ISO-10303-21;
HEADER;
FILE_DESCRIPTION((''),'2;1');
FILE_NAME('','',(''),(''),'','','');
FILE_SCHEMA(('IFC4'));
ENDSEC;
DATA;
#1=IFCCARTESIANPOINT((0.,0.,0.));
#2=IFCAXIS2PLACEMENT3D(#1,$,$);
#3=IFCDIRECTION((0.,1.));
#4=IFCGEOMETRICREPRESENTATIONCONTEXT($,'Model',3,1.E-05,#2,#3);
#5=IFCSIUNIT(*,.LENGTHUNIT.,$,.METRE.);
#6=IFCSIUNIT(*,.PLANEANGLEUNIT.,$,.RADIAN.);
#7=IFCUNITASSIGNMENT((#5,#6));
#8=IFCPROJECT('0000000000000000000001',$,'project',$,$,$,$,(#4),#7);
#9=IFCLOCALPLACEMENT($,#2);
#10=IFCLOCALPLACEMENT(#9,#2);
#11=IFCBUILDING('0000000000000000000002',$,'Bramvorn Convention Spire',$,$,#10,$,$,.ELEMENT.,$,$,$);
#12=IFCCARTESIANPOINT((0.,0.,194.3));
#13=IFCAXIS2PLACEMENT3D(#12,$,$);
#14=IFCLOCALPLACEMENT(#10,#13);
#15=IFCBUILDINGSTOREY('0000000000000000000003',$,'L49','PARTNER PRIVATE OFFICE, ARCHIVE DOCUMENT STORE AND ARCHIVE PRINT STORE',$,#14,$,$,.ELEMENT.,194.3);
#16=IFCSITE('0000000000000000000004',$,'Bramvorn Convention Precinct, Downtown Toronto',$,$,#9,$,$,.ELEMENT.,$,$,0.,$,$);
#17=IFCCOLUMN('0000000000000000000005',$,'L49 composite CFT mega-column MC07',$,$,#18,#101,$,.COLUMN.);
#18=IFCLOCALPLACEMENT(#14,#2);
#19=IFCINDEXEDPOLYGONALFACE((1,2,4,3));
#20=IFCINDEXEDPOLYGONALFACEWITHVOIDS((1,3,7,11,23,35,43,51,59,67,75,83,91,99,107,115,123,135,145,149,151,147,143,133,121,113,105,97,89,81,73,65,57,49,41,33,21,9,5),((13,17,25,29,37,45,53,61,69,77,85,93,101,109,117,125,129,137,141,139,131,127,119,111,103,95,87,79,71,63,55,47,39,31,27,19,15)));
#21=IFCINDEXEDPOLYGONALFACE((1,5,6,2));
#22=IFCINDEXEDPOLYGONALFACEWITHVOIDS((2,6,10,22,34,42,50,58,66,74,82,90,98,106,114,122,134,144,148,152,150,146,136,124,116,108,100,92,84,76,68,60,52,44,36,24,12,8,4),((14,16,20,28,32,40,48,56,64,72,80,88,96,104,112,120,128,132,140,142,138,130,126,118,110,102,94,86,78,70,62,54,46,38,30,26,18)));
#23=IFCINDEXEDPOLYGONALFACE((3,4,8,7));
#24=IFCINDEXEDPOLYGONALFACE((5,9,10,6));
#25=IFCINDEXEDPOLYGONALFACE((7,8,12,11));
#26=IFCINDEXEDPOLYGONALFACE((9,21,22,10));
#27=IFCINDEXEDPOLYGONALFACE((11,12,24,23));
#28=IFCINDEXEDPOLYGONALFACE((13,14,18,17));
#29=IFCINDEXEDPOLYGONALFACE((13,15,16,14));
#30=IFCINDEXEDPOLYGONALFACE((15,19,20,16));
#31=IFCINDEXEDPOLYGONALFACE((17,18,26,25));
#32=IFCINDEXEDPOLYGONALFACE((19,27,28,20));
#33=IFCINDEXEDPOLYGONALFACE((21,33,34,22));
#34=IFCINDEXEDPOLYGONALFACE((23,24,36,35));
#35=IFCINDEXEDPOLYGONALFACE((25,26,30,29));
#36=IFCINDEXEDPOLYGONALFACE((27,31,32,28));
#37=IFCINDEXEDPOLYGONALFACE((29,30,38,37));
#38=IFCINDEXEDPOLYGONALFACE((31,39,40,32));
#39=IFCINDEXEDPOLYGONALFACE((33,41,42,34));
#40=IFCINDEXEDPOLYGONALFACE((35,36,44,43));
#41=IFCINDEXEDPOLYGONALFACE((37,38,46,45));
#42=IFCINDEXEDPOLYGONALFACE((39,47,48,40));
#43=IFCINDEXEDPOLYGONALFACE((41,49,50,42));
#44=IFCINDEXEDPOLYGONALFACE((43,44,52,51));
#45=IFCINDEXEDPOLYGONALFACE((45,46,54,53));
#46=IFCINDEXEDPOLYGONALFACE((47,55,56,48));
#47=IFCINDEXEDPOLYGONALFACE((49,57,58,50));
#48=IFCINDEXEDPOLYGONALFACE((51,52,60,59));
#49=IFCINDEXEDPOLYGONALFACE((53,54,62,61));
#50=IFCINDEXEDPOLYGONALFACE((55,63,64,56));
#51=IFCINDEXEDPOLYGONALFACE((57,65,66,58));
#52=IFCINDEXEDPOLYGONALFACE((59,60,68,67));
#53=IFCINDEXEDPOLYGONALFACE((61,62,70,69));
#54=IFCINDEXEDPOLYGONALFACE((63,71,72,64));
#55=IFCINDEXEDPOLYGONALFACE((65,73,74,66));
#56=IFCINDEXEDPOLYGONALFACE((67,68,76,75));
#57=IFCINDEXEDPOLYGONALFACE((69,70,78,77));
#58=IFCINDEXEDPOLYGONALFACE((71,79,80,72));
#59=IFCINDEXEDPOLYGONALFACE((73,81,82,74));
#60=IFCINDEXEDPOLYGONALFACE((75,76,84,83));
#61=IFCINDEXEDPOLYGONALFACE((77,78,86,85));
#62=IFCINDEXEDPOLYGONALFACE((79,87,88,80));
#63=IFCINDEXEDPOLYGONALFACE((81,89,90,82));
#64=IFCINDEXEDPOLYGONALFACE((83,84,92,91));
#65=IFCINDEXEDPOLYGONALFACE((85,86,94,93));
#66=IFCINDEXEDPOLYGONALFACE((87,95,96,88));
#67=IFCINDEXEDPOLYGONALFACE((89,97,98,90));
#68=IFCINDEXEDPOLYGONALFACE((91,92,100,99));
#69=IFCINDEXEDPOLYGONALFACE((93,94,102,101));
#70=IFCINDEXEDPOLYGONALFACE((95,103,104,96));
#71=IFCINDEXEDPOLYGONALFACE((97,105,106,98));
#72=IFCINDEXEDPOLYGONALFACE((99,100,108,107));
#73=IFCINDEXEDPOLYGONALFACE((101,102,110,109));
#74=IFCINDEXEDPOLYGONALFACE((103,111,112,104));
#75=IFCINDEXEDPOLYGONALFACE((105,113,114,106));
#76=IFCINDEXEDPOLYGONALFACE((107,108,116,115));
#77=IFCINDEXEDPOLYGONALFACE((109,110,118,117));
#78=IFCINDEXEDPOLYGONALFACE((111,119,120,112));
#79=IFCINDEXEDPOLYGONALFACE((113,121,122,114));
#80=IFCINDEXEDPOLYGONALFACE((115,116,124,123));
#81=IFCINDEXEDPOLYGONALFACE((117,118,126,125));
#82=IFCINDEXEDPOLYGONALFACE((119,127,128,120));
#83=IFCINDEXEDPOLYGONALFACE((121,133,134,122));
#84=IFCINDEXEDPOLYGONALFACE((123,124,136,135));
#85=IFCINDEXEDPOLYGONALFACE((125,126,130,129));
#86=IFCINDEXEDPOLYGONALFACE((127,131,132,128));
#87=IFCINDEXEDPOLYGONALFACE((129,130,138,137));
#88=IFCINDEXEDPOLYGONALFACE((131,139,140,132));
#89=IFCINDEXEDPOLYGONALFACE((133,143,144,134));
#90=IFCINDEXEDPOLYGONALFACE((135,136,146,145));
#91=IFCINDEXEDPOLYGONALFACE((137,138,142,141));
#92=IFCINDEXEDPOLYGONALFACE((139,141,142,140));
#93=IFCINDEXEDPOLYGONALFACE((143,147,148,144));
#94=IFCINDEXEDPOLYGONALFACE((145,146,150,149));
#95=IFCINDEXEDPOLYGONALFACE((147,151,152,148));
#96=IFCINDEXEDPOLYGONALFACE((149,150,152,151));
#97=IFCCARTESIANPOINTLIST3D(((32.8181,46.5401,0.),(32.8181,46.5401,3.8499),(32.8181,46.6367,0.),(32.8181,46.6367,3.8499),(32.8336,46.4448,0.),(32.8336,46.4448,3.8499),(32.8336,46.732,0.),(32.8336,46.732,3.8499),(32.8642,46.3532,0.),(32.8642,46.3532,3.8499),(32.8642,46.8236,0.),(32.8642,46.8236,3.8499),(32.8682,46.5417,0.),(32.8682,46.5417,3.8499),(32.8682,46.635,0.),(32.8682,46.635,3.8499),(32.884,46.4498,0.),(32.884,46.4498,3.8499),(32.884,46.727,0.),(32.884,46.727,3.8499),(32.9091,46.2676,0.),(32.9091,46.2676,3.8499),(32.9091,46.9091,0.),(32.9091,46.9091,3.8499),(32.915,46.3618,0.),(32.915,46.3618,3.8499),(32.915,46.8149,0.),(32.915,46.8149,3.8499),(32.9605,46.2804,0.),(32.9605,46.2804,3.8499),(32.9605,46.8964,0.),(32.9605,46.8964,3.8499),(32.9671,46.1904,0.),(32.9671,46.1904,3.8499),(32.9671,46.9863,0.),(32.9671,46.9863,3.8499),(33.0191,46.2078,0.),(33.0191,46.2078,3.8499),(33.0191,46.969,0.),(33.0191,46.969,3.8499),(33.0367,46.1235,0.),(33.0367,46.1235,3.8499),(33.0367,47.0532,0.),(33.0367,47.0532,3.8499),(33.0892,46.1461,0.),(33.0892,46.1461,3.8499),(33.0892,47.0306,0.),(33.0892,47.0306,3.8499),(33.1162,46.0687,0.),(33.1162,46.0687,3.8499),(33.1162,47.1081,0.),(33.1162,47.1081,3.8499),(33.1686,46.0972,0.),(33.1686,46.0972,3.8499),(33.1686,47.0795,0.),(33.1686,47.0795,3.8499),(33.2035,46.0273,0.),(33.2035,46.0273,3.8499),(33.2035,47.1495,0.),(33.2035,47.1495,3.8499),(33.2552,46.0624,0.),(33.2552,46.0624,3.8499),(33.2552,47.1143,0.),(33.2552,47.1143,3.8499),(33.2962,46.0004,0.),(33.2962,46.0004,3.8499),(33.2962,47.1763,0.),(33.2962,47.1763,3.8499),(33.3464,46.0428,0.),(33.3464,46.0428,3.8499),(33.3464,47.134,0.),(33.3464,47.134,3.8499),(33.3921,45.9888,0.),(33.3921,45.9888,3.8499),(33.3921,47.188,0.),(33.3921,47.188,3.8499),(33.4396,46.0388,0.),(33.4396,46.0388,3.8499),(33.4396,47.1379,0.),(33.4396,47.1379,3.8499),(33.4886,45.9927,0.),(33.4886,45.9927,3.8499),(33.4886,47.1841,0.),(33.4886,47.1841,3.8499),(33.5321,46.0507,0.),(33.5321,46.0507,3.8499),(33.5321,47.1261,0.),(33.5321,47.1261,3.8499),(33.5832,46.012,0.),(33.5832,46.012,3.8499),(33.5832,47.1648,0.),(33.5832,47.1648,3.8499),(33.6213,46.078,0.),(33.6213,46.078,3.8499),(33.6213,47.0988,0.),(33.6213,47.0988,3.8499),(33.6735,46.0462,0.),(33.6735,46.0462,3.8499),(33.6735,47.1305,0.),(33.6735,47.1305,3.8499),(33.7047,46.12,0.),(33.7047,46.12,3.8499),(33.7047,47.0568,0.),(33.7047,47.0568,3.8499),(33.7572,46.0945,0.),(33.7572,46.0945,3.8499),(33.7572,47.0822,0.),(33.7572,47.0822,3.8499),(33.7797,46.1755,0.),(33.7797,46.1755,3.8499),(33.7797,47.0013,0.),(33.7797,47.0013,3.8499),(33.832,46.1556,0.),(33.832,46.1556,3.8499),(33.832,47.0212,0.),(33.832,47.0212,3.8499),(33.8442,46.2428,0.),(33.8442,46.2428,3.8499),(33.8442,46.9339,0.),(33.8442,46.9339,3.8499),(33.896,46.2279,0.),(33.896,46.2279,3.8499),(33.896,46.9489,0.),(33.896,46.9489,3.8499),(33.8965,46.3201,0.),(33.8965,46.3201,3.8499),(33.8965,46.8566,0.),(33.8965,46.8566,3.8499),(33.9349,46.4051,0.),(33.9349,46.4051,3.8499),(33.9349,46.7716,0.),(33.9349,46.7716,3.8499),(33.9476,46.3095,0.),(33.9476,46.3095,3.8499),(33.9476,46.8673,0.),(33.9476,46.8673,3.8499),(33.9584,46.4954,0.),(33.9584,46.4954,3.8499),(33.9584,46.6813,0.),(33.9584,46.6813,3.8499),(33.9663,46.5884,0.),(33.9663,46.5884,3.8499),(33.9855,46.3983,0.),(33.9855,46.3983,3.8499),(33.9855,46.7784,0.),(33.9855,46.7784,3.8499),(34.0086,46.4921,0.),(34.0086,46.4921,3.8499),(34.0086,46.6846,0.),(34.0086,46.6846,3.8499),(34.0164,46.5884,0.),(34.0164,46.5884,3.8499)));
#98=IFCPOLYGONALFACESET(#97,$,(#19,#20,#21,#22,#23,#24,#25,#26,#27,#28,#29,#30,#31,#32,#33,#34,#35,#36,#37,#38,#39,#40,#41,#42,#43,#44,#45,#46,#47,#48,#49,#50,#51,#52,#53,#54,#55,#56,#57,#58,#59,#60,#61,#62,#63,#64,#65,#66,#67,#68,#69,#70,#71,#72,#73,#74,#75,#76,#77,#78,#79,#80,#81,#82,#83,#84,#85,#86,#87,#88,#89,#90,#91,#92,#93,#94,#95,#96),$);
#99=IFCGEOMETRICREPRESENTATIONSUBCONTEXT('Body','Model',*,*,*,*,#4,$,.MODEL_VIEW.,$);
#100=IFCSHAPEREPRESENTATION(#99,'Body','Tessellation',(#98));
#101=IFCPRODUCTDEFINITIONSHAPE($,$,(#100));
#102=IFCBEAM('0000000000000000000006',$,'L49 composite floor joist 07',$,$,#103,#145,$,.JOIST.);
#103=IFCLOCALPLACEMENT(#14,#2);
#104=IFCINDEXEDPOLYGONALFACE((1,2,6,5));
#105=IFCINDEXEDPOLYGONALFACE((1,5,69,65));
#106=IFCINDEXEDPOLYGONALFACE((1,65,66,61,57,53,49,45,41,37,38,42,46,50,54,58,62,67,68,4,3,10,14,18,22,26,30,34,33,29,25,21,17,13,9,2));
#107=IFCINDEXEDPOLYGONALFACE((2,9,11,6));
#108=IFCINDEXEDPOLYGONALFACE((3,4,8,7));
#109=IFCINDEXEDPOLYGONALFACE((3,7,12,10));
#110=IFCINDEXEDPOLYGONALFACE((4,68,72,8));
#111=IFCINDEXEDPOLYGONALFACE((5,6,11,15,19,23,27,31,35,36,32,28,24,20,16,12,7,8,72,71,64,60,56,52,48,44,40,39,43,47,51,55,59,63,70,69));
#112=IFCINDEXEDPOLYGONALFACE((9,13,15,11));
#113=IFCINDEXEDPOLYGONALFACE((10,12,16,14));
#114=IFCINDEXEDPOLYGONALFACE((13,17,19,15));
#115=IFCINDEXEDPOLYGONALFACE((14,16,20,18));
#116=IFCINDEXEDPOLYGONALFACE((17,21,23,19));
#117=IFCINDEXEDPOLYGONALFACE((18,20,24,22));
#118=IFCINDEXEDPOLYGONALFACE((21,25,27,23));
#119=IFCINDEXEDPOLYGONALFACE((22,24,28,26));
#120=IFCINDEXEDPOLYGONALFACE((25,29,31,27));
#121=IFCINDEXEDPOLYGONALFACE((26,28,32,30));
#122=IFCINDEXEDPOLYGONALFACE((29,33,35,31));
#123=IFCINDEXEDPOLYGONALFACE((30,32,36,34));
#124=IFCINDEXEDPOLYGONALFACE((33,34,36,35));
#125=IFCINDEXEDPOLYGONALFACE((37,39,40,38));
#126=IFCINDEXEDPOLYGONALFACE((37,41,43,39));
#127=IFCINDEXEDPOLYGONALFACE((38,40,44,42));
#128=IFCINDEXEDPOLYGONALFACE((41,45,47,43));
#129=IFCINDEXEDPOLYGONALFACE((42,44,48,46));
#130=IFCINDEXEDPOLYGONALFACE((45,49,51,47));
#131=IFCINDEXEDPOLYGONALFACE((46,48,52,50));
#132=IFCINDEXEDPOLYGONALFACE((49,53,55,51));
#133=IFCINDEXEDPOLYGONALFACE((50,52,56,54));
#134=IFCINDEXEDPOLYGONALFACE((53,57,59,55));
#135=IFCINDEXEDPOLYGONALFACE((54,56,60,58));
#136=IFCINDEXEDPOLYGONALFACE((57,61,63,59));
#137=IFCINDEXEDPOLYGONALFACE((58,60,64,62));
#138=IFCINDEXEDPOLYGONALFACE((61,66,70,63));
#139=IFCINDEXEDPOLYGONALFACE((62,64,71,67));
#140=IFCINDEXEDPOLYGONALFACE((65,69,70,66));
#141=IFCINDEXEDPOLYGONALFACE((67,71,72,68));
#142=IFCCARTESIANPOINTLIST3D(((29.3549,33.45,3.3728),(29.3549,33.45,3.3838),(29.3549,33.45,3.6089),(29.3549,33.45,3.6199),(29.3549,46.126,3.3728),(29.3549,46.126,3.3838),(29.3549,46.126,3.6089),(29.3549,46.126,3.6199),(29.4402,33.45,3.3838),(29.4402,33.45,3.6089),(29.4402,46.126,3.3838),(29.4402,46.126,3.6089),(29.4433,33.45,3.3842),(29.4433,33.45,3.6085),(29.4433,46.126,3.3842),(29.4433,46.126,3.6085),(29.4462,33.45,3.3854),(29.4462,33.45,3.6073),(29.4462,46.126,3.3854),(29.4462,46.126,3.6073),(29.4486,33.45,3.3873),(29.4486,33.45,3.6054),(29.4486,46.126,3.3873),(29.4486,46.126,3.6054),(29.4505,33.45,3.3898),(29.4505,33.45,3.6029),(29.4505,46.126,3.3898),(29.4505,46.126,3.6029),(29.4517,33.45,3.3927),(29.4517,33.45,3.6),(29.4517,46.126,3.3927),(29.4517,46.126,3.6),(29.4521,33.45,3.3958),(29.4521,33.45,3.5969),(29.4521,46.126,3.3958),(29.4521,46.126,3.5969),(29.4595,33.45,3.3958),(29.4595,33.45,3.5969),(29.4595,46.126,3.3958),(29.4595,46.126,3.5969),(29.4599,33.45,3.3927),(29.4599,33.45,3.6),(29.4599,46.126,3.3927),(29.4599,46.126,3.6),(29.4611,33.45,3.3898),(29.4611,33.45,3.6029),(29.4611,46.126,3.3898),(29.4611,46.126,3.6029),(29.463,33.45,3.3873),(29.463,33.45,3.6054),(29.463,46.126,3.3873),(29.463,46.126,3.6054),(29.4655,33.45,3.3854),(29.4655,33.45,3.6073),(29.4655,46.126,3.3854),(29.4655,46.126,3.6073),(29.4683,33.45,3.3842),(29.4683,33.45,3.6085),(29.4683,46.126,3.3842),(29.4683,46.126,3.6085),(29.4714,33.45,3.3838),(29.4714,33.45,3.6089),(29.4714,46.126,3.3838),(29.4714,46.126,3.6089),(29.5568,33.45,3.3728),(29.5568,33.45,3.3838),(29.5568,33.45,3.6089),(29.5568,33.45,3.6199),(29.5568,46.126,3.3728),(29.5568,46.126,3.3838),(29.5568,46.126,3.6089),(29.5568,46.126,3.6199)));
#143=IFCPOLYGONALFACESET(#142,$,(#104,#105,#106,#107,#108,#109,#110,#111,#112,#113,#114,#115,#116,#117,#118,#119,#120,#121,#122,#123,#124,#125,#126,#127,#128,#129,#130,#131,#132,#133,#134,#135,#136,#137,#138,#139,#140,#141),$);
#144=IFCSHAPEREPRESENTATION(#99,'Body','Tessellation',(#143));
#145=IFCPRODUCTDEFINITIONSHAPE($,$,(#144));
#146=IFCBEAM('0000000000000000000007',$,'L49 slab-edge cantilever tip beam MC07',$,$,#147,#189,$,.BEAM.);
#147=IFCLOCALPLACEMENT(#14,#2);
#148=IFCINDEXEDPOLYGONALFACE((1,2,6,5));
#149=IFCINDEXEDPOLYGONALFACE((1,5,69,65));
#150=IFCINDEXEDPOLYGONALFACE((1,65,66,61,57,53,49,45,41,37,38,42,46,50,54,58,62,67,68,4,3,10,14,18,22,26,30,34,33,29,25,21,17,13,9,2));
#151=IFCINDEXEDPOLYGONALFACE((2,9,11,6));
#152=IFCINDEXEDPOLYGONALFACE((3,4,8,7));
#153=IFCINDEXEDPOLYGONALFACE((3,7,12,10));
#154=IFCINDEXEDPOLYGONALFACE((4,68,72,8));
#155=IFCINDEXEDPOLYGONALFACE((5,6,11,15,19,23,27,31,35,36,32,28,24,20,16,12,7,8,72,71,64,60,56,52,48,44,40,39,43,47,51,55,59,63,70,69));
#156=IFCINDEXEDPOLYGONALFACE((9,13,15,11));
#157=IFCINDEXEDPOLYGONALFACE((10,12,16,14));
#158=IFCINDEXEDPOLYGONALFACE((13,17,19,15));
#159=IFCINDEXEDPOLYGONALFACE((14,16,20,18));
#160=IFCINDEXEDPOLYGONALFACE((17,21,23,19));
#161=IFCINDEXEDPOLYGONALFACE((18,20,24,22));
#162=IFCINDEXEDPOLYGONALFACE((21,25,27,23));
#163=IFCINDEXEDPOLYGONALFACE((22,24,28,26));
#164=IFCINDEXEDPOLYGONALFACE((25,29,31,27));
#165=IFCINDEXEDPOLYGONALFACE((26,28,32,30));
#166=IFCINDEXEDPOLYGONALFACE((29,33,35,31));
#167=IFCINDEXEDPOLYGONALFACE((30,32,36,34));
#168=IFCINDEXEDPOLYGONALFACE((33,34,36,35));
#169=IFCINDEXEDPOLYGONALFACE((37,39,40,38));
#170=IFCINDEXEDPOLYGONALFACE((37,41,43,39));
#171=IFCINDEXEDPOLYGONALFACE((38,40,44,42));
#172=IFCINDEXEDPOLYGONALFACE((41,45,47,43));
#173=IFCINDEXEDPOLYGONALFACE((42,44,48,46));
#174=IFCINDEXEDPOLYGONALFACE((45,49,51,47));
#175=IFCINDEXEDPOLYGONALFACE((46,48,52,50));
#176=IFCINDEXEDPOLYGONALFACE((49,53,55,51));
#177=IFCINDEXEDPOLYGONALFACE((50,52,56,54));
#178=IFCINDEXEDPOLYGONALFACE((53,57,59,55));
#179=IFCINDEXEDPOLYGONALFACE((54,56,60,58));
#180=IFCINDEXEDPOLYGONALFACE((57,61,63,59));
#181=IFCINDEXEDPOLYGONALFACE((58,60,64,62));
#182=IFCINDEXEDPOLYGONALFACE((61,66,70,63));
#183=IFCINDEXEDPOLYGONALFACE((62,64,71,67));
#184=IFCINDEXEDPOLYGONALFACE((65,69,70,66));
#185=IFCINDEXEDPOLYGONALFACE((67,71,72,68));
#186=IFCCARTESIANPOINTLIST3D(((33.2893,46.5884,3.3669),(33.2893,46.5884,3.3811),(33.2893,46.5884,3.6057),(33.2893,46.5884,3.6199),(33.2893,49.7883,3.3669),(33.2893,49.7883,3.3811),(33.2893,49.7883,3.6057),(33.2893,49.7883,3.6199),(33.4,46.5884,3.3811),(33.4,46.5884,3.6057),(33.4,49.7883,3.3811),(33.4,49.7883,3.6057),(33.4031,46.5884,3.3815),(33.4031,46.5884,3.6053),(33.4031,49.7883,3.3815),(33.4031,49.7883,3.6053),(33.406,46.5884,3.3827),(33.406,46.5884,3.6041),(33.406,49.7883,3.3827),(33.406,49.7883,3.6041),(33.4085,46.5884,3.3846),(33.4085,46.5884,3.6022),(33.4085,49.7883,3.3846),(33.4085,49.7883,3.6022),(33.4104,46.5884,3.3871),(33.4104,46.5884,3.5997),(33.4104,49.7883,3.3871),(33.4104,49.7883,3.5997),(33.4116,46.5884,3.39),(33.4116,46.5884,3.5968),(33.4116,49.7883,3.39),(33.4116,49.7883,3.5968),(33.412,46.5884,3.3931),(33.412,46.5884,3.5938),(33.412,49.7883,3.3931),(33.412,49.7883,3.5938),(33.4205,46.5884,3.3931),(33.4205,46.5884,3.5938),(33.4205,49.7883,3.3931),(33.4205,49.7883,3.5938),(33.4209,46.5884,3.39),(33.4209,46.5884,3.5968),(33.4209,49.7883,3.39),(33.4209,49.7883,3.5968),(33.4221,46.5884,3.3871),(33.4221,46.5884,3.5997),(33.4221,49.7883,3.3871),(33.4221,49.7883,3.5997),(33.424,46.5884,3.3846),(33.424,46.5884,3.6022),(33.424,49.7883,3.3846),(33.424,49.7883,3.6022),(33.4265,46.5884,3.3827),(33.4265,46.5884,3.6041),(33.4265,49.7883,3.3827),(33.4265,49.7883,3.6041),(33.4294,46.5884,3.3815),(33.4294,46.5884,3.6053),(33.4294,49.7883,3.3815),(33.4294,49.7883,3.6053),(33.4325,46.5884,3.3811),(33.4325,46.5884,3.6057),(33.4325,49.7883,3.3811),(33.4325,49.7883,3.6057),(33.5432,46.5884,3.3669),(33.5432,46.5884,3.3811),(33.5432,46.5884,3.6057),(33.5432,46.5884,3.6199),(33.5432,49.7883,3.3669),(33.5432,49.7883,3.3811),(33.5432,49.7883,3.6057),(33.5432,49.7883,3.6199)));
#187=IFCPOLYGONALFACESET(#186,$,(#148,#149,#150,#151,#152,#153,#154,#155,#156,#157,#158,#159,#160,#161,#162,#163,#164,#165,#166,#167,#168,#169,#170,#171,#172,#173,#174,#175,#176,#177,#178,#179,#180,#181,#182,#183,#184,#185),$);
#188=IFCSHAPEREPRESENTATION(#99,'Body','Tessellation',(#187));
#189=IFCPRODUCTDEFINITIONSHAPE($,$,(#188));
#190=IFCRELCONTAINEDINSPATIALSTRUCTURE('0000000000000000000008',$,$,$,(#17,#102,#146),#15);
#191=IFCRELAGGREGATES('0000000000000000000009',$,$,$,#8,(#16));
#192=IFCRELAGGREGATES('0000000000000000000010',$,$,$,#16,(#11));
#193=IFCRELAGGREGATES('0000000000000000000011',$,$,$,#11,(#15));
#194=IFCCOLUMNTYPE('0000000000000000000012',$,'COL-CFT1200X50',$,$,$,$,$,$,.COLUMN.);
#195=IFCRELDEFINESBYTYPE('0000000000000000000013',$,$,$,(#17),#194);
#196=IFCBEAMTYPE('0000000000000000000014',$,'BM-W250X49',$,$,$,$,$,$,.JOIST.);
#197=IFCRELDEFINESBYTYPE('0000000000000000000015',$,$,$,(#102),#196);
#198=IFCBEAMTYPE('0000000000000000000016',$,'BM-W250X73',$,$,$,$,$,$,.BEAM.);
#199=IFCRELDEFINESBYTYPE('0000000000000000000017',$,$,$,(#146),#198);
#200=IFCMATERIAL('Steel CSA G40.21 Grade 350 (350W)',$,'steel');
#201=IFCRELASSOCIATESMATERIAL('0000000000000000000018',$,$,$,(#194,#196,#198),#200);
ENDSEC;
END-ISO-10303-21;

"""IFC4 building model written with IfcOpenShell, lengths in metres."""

from ifc_helpers import new_model, si_unit, direction, frame, origin, origin_2d, place, context, subcontext, project, spatial, hollow_circle, i_section, extrude, material, material_profile, profile_set, type_object, element, save


model = new_model("IFC4")

# Units and contexts
model_context = context("Model", 3, precision=1e-05, world=origin(), true_north=direction((0.0, 1.0)))
body_context = subcontext(model_context, "Body", "Model", "MODEL_VIEW")
ifc_project = project(units=[si_unit("LENGTHUNIT", "METRE"), si_unit("PLANEANGLEUNIT", "RADIAN")], contexts=[model_context])

# Site, building, storey
site_placement = place(None, origin())
site = spatial("IfcSite", under=ifc_project, at=site_placement, Name="Bramvorn Convention Precinct, Downtown Toronto", CompositionType="ELEMENT", RefElevation=0.0)
building_placement = place(site_placement, origin())
building = spatial("IfcBuilding", under=site, at=building_placement, Name="Bramvorn Convention Spire", CompositionType="ELEMENT")
storey_placement = place(building_placement, frame((0.0, 0.0, 194.3)))
storey = spatial("IfcBuildingStorey", under=building, at=storey_placement, Name="L49", Description="PARTNER PRIVATE OFFICE, ARCHIVE DOCUMENT STORE AND ARCHIVE PRINT STORE", CompositionType="ELEMENT", Elevation=194.3)

# Column
ifc_material_1 = material(Name="Steel CSA G40.21 Grade 350 (350W)", Category="steel")
ifc_material_profile_1 = material_profile(ifc_material_1, hollow_circle(Radius=0.6001, WallThickness=0.05, at=origin_2d()))
ifc_profile_set_1 = profile_set([ifc_material_profile_1], Name="Steel CSA G40.21 Grade 350 (350W) - CFT1200X50")
column_type = type_object("IfcColumnType", Name="COL-CFT1200X50", PredefinedType="COLUMN", material=ifc_profile_set_1)
column_placement = place(storey_placement, frame((33.4163, 46.5884, 0.0), z_axis=(0.0, 0.0, 1.0), x_axis=(1.0, 0.0, 0.0)))
element("IfcColumn", 1, at=column_placement, inside=storey, type_object=column_type, Name="L49 composite CFT mega-column MC07", PredefinedType="COLUMN", context=body_context, shape_type="SweptSolid", body=[
    extrude(hollow_circle(Radius=0.6001, WallThickness=0.05, at=origin_2d()), origin(), (0.0, 0.0, 1.0), 3.8499),
])

# Beams
ifc_material_profile_2 = material_profile(ifc_material_1, i_section(OverallWidth=0.2019, OverallDepth=0.2471, WebThickness=0.0073, FlangeThickness=0.011, FilletRadius=0.012, at=origin_2d()))
ifc_profile_set_2 = profile_set([ifc_material_profile_2], Name="Steel CSA G40.21 Grade 350 (350W) - W250X49")
beam_type_1 = type_object("IfcBeamType", Name="BM-W250X49", PredefinedType="JOIST", material=ifc_profile_set_2)
beam_1_placement = place(storey_placement, frame((29.4558, 33.45, 3.4963), z_axis=(0.0, 1.0, 0.0), x_axis=(-1.0, 0.0, 0.0)))
element("IfcBeam", 2, at=beam_1_placement, inside=storey, type_object=beam_type_1, Name="L49 composite floor joist 07", PredefinedType="JOIST", context=body_context, shape_type="SweptSolid", body=[
    extrude(i_section(OverallWidth=0.2019, OverallDepth=0.2471, WebThickness=0.0073, FlangeThickness=0.011, FilletRadius=0.012, at=origin_2d()), origin(), (0.0, 0.0, 1.0), 12.676),
])
ifc_material_profile_3 = material_profile(ifc_material_1, i_section(OverallWidth=0.2539, OverallDepth=0.2529, WebThickness=0.0085, FlangeThickness=0.0142, FilletRadius=0.012, at=origin_2d()))
ifc_profile_set_3 = profile_set([ifc_material_profile_3], Name="Steel CSA G40.21 Grade 350 (350W) - W250X73")
beam_type_2 = type_object("IfcBeamType", Name="BM-W250X73", PredefinedType="BEAM", material=ifc_profile_set_3)
beam_2_placement = place(storey_placement, frame((33.4163, 46.5884, 3.4934), z_axis=(0.0, 1.0, 0.0), x_axis=(-1.0, 0.0, 0.0)))
element("IfcBeam", 3, at=beam_2_placement, inside=storey, type_object=beam_type_2, Name="L49 slab-edge cantilever tip beam MC07", PredefinedType="BEAM", context=body_context, shape_type="SweptSolid", body=[
    extrude(i_section(OverallWidth=0.2539, OverallDepth=0.2529, WebThickness=0.0085, FlangeThickness=0.0142, FilletRadius=0.012, at=origin_2d()), origin(), (0.0, 0.0, 1.0), 3.2),
])

save(model, "model.ifc")
